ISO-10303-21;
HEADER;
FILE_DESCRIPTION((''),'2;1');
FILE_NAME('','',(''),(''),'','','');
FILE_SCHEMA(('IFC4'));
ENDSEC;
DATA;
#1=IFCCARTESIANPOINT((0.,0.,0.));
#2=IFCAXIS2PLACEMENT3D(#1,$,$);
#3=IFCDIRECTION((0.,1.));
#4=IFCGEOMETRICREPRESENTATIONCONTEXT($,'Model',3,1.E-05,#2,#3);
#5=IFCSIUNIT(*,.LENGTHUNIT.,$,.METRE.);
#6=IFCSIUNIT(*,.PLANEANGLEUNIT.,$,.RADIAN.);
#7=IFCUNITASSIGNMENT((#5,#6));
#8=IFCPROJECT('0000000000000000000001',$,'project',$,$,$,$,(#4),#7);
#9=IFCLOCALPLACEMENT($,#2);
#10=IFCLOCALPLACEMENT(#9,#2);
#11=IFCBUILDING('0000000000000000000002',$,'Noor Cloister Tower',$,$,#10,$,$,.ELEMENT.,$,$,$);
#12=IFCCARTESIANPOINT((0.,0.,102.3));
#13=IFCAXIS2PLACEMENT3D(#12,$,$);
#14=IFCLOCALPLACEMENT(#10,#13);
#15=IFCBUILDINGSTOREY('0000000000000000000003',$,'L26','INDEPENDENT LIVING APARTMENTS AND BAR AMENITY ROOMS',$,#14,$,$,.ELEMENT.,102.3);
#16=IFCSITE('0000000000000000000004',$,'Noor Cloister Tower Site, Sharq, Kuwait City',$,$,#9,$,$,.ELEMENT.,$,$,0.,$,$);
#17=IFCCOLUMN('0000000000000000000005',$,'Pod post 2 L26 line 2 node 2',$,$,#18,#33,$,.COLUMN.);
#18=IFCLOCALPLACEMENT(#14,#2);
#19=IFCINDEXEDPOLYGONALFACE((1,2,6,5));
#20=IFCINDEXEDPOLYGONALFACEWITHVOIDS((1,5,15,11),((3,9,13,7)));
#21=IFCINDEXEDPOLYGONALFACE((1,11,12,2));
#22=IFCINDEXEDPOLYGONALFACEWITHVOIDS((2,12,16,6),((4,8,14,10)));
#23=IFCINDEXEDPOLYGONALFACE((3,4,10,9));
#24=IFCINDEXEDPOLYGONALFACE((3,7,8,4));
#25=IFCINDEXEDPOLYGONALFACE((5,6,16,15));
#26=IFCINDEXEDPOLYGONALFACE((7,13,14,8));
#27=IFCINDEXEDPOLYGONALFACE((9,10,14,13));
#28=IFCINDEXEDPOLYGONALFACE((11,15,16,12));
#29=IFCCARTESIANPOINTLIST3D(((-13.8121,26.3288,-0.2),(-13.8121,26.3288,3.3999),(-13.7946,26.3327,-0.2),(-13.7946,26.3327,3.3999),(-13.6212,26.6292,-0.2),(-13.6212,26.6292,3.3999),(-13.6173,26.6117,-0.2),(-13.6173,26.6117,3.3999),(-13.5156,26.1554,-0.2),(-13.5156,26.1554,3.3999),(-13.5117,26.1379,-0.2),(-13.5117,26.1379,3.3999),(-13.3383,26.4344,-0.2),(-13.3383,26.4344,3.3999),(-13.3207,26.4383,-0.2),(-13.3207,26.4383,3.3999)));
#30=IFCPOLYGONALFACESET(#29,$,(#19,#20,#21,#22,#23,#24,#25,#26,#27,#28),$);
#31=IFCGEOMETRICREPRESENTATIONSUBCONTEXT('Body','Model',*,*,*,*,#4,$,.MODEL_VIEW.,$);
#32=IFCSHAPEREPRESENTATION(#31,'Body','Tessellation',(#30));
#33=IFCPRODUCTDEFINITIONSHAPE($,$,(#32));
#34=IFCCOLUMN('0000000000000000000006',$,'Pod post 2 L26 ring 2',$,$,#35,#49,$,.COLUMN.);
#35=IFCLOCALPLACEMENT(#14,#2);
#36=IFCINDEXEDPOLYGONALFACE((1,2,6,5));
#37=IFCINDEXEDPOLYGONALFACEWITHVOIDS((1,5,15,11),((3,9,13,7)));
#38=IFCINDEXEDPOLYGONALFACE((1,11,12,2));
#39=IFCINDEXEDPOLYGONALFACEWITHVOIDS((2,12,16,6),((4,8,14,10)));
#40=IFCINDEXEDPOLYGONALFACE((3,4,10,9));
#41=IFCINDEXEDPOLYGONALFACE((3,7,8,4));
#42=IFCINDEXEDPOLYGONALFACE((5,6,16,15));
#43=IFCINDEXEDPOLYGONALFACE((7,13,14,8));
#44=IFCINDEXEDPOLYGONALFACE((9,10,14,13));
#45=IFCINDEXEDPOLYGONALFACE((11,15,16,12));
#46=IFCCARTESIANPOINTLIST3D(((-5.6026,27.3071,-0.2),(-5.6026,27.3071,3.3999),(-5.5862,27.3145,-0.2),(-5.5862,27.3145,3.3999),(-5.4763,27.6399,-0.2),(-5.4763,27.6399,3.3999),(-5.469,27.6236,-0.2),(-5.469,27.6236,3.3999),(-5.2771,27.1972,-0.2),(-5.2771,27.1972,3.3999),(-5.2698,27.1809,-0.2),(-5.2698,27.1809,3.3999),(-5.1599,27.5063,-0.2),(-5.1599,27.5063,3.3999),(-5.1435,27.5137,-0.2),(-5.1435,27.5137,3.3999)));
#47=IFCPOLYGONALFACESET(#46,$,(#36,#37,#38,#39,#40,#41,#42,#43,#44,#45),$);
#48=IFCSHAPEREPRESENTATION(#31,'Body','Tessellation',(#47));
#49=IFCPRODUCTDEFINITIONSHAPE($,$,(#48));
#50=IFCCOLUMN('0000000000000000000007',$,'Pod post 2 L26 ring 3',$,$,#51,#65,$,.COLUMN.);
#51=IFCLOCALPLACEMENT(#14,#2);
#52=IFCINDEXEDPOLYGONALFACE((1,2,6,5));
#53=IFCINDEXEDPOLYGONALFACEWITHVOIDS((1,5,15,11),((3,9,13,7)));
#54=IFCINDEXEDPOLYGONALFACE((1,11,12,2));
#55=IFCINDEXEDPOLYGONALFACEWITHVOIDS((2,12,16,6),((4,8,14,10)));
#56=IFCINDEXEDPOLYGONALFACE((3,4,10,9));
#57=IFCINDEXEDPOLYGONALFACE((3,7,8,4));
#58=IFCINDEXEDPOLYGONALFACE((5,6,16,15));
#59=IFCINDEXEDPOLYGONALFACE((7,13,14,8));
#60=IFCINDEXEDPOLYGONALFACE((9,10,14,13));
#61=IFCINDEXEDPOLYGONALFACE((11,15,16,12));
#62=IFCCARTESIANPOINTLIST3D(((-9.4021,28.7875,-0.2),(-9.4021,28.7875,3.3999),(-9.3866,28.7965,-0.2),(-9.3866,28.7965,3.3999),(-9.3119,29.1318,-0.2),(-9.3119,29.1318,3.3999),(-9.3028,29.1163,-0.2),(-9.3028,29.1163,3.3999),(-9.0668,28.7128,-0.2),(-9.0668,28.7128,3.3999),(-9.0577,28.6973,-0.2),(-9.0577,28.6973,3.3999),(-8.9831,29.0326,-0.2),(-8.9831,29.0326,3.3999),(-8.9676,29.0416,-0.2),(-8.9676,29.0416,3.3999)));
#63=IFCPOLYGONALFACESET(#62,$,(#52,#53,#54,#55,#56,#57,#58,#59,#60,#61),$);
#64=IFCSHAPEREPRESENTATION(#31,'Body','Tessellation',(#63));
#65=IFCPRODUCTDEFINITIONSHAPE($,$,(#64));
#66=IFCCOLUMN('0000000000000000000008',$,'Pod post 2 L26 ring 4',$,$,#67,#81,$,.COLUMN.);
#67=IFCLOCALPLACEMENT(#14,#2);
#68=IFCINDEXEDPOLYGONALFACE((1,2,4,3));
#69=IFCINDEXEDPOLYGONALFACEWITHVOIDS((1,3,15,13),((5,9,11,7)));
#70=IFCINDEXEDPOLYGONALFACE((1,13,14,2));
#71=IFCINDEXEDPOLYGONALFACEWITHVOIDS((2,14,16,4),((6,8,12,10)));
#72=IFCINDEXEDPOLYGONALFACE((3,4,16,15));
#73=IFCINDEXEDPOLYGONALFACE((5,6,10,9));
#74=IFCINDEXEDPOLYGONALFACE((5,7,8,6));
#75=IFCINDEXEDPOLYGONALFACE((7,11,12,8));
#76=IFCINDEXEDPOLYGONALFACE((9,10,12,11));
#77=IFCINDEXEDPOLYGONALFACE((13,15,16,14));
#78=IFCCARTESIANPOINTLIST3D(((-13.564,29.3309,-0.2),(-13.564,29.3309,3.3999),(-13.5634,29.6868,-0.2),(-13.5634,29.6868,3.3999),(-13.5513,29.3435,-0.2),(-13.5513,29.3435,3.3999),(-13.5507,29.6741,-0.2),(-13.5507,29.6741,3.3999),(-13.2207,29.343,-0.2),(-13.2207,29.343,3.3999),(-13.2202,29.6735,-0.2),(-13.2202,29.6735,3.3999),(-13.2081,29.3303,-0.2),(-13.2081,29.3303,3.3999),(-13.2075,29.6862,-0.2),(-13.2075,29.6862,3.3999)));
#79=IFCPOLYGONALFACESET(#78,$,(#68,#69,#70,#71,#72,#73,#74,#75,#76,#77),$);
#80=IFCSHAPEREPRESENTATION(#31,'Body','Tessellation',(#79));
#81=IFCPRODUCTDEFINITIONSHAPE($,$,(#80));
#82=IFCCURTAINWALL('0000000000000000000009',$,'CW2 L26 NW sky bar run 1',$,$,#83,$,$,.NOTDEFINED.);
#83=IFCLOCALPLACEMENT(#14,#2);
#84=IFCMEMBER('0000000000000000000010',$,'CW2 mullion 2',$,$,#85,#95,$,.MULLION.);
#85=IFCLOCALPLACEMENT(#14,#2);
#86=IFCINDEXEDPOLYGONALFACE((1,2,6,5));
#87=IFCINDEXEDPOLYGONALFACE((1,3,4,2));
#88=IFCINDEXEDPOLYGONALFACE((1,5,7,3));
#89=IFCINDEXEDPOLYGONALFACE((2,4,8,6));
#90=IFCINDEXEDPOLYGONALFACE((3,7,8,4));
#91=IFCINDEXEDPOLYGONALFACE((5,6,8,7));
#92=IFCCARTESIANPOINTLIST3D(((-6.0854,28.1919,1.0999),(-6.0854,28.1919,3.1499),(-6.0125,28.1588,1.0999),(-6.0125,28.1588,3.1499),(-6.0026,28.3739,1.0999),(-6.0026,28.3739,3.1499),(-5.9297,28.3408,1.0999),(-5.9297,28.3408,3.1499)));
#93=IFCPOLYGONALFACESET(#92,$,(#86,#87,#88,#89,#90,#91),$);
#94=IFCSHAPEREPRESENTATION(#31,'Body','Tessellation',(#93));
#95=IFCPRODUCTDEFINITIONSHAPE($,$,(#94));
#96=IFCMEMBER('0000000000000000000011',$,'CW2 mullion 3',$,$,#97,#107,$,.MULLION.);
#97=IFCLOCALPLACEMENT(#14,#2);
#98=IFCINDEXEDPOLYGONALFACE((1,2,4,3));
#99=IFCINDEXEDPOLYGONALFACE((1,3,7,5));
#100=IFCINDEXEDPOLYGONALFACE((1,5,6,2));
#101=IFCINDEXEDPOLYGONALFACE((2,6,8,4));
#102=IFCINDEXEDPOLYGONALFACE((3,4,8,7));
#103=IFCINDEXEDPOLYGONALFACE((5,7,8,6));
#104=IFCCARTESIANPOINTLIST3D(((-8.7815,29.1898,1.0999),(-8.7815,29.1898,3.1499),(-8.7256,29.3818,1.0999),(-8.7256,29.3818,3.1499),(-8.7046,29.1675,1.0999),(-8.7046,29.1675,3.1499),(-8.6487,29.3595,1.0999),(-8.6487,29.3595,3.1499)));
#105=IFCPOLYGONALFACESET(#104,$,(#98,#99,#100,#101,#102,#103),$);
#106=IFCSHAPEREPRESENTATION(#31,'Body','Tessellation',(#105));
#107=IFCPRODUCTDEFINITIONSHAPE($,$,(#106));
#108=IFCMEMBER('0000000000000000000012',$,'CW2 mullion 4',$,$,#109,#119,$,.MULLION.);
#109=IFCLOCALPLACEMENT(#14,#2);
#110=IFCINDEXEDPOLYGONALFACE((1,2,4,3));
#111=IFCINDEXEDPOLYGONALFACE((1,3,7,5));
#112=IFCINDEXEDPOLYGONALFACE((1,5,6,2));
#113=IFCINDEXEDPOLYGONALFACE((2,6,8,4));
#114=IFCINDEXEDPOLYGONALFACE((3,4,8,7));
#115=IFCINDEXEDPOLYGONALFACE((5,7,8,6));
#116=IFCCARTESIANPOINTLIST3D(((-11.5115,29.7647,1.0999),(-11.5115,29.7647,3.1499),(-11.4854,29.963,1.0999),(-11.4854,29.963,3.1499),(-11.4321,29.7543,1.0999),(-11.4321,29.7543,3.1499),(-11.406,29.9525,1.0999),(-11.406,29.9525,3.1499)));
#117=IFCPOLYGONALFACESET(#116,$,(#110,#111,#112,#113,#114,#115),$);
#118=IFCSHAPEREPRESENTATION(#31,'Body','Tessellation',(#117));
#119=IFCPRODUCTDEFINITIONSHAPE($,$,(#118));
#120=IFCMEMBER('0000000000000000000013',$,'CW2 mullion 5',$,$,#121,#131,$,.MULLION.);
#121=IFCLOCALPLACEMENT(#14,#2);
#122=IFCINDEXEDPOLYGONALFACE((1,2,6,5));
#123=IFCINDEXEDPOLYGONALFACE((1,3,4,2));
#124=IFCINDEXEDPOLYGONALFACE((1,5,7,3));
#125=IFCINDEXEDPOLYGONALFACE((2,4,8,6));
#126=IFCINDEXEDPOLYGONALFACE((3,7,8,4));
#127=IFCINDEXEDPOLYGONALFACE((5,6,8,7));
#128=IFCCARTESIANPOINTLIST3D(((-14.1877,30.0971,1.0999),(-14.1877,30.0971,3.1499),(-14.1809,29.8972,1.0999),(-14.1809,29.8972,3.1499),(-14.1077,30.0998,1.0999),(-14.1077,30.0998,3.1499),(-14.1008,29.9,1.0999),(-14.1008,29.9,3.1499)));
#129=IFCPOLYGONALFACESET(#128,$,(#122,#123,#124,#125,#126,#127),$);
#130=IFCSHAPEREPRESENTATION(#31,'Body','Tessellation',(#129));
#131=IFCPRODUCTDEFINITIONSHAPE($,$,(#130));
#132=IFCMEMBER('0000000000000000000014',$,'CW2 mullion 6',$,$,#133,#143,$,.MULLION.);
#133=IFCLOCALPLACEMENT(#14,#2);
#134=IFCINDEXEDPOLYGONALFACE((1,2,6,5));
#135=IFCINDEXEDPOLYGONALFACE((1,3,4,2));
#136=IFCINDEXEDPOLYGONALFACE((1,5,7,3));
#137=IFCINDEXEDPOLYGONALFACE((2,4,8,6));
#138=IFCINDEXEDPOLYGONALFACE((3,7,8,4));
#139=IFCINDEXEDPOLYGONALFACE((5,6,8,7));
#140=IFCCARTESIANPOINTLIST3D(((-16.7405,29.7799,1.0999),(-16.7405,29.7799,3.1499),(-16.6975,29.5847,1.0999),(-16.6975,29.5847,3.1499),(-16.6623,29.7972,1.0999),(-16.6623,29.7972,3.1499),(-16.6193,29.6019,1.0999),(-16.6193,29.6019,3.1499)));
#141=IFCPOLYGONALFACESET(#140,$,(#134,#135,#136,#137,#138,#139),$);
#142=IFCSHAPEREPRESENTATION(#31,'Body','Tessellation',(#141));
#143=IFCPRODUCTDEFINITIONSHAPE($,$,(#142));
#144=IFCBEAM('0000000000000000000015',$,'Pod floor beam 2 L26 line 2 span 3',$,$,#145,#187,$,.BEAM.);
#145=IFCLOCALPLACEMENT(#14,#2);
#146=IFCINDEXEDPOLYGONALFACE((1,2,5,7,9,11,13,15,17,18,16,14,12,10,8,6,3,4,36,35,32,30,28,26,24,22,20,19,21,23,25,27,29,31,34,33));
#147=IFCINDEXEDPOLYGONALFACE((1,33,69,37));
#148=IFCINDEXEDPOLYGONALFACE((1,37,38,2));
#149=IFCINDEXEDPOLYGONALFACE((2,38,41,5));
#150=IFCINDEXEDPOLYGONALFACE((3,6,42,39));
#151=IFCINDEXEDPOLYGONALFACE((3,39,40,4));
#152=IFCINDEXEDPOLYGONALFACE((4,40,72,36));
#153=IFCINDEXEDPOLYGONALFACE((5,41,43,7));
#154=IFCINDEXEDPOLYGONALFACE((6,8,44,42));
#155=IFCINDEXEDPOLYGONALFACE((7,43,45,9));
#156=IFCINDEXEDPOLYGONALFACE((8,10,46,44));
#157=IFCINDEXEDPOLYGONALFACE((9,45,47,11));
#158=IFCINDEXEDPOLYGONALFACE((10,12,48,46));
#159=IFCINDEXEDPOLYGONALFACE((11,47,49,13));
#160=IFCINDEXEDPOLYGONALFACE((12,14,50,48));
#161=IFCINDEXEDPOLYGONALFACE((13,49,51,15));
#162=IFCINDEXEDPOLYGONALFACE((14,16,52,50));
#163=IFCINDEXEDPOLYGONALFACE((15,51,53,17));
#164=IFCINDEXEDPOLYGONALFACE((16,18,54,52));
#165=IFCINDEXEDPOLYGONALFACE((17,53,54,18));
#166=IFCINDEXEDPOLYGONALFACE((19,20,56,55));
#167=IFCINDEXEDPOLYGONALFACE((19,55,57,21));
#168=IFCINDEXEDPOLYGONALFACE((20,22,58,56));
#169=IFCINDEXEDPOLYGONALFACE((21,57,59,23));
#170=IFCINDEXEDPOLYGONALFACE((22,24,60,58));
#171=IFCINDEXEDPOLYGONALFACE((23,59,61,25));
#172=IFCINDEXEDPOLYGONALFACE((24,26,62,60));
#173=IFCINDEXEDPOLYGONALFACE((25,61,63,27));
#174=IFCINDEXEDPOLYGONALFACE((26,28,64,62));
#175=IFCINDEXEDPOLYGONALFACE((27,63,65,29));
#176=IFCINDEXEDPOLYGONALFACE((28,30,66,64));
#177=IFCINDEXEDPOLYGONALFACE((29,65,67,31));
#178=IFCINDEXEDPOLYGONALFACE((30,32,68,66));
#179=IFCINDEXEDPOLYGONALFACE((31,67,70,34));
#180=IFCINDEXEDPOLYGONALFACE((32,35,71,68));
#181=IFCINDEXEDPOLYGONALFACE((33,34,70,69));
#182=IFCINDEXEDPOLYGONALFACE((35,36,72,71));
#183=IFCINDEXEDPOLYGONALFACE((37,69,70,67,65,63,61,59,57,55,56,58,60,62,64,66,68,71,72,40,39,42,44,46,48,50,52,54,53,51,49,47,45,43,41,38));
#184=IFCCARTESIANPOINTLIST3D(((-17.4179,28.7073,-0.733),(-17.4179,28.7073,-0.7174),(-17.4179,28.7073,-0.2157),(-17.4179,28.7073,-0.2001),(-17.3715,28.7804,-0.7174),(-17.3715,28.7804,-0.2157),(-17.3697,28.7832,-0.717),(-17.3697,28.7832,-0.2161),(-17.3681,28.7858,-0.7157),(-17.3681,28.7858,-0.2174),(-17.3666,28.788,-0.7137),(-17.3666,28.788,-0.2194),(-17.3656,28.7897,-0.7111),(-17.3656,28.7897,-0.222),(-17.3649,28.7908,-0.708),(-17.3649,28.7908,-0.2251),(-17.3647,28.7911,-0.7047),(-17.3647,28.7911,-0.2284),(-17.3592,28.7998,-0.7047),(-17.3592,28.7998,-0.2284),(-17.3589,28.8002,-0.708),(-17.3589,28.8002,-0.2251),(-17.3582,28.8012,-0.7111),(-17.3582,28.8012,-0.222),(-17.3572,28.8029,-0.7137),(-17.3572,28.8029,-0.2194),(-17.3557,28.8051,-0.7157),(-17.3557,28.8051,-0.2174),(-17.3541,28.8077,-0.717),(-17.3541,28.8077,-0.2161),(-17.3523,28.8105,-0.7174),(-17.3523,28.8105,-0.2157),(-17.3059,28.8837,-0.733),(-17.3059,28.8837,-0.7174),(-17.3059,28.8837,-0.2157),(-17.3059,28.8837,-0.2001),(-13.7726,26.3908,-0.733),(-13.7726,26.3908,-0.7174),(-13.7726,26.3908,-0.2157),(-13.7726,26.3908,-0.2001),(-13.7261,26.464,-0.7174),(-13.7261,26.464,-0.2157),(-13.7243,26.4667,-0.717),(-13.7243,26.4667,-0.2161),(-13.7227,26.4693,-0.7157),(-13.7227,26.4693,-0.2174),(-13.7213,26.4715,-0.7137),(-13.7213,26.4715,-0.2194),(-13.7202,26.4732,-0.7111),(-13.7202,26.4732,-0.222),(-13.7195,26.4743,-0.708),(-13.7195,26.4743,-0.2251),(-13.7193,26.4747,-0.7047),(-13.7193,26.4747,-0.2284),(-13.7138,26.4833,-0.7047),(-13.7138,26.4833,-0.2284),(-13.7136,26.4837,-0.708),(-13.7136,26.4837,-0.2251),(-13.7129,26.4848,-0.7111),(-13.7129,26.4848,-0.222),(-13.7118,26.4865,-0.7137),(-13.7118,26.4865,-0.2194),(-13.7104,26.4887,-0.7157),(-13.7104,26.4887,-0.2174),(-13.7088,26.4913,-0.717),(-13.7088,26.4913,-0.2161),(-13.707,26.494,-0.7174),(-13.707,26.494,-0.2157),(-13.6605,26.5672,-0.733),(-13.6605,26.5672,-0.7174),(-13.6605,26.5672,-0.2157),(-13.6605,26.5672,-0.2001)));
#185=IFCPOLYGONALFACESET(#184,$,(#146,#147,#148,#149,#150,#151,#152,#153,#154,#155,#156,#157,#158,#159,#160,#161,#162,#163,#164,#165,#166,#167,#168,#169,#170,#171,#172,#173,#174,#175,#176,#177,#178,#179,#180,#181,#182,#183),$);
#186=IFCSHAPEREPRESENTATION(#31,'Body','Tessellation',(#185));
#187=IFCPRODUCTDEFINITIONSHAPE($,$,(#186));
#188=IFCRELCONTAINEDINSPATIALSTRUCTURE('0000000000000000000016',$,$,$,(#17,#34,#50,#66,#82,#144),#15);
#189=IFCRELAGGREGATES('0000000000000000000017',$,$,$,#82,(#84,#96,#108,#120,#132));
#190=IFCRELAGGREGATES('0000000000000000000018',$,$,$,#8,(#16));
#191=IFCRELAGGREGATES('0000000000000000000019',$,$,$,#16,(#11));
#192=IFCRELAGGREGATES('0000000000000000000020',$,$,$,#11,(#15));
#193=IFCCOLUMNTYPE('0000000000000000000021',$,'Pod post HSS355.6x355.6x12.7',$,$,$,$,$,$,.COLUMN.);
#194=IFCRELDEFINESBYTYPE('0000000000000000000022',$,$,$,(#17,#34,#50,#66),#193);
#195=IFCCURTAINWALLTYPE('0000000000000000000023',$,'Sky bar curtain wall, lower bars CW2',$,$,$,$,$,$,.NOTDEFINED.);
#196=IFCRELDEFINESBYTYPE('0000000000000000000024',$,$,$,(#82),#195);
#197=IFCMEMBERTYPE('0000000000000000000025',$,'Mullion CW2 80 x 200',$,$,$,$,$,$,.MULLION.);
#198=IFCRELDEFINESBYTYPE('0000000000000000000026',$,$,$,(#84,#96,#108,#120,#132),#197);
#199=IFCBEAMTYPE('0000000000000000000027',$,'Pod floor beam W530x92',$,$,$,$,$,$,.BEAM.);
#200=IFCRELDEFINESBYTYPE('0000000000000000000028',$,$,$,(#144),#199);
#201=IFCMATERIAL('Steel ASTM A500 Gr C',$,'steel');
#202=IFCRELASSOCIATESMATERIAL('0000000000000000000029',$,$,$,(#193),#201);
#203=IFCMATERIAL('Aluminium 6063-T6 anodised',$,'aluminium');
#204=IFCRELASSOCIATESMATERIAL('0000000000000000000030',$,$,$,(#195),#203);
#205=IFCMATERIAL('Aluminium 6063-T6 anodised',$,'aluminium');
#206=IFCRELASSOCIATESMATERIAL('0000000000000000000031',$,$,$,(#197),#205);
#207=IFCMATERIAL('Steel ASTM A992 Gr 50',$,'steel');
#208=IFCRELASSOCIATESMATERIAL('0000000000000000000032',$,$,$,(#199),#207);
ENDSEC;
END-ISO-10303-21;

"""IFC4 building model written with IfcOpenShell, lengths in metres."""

from ifc_helpers import new_model, si_unit, direction, frame, origin, origin_2d, place, context, subcontext, project, spatial, rectangle, hollow_rectangle, i_section, extrude, material, material_profile, profile_set, type_object, element, aggregate, save


model = new_model("IFC4")

# Units and contexts
model_context = context("Model", 3, precision=1e-05, world=origin(), true_north=direction((0.0, 1.0)))
body_context = subcontext(model_context, "Body", "Model", "MODEL_VIEW")
ifc_project = project(units=[si_unit("LENGTHUNIT", "METRE"), si_unit("PLANEANGLEUNIT", "RADIAN")], contexts=[model_context])

# Site, building, storey
site_placement = place(None, origin())
site = spatial("IfcSite", under=ifc_project, at=site_placement, Name="Noor Cloister Tower Site, Sharq, Kuwait City", CompositionType="ELEMENT", RefElevation=0.0)
building_placement = place(site_placement, origin())
building = spatial("IfcBuilding", under=site, at=building_placement, Name="Noor Cloister Tower", CompositionType="ELEMENT")
storey_placement = place(building_placement, frame((0.0, 0.0, 102.3)))
storey = spatial("IfcBuildingStorey", under=building, at=storey_placement, Name="L26", Description="INDEPENDENT LIVING APARTMENTS AND BAR AMENITY ROOMS", CompositionType="ELEMENT", Elevation=102.3)

# Columns
ifc_material_1 = material(Name="Steel ASTM A500 Gr C", Category="steel")
ifc_material_profile_1 = material_profile(ifc_material_1, hollow_rectangle(XDim=0.356, YDim=0.356, WallThickness=0.0127, at=origin_2d()), Name="HSS355.6x355.6x12.7")
ifc_profile_set_1 = profile_set([ifc_material_profile_1], Name="Steel ASTM A500 Gr C")
column_type = type_object("IfcColumnType", Name="Pod post HSS355.6x355.6x12.7", PredefinedType="COLUMN", material=ifc_profile_set_1)
for number, where, z_axis, x_axis, name in (
    (1, (-13.5664, 26.3835, -0.2), (0.0, 0.0, 1.0), (-0.843996, 0.53635, 0.0), "Pod post 2 L26 line 2 node 2"),
    (2, (-5.373, 27.4104, -0.2), (0.0, 0.0, 1.0), (-0.934997, 0.354654, 0.0), "Pod post 2 L26 ring 2"),
    (3, (-9.1848, 28.9146, -0.2), (0.0, 0.0, 1.0), (-0.967384, 0.253314, 0.0), "Pod post 2 L26 ring 3"),
    (4, (-13.3857, 29.5085, -0.2), (0.0, 0.0, 1.0), (-0.999998, 0.001737, 0.0), "Pod post 2 L26 ring 4"),
):
    element("IfcColumn", number, at=place(storey_placement, frame(where, z_axis=z_axis, x_axis=x_axis)), inside=storey, type_object=column_type, Name=name, PredefinedType="COLUMN", context=body_context, shape_type="SweptSolid", body=[
        extrude(hollow_rectangle(XDim=0.356, YDim=0.356, WallThickness=0.0127, at=origin_2d()), origin(), (0.0, 0.0, 1.0), 3.5999),
    ])

# Curtain wall, members
ifc_material_2 = material(Name="Aluminium 6063-T6 anodised", Category="aluminium")
curtain_wall_type = type_object("IfcCurtainWallType", Name="Sky bar curtain wall, lower bars CW2", PredefinedType="NOTDEFINED", material=ifc_material_2)
curtain_wall_placement = place(storey_placement, origin())
curtain_wall = element("IfcCurtainWall", 5, at=curtain_wall_placement, inside=storey, type_object=curtain_wall_type, Name="CW2 L26 NW sky bar run 1", PredefinedType="NOTDEFINED")
ifc_material_3 = material(Name="Aluminium 6063-T6 anodised", Category="aluminium")
ifc_material_profile_2 = material_profile(ifc_material_3, rectangle(XDim=0.2, YDim=0.0801, at=origin_2d()), Name="200 x 80 mullion")
ifc_profile_set_2 = profile_set([ifc_material_profile_2], Name="Aluminium 6063-T6 anodised")
member_type = type_object("IfcMemberType", Name="Mullion CW2 80 x 200", PredefinedType="MULLION", material=ifc_profile_set_2)
member_1_placement = place(storey_placement, frame((-6.0076, 28.2664, 1.0999), z_axis=(0.0, 0.0, 1.0), x_axis=(-0.413885, -0.910329, 0.0)))
member_1 = element("IfcMember", 6, at=member_1_placement, type_object=member_type, Name="CW2 mullion 2", PredefinedType="MULLION", context=body_context, shape_type="SweptSolid", body=[
    extrude(rectangle(XDim=0.2, YDim=0.0801, at=origin_2d()), origin(), (0.0, 0.0, 1.0), 2.05),
])
member_2_placement = place(storey_placement, frame((-8.7151, 29.2747, 1.0999), z_axis=(0.0, 0.0, 1.0), x_axis=(-0.279338, -0.960193, 0.0)))
member_2 = element("IfcMember", 7, at=member_2_placement, type_object=member_type, Name="CW2 mullion 3", PredefinedType="MULLION", context=body_context, shape_type="SweptSolid", body=[
    extrude(rectangle(XDim=0.2, YDim=0.0801, at=origin_2d()), origin(), (0.0, 0.0, 1.0), 2.05),
])
member_3_placement = place(storey_placement, frame((-11.4587, 29.8586, 1.0999), z_axis=(0.0, 0.0, 1.0), x_axis=(-0.130537, -0.991443, 0.0)))
member_3 = element("IfcMember", 8, at=member_3_placement, type_object=member_type, Name="CW2 mullion 4", PredefinedType="MULLION", context=body_context, shape_type="SweptSolid", body=[
    extrude(rectangle(XDim=0.2, YDim=0.0801, at=origin_2d()), origin(), (0.0, 0.0, 1.0), 2.05),
])
member_4_placement = place(storey_placement, frame((-14.1443, 29.9985, 1.0999), z_axis=(0.0, 0.0, 1.0), x_axis=(0.034339, -0.99941, 0.0)))
member_4 = element("IfcMember", 9, at=member_4_placement, type_object=member_type, Name="CW2 mullion 5", PredefinedType="MULLION", context=body_context, shape_type="SweptSolid", body=[
    extrude(rectangle(XDim=0.2, YDim=0.0801, at=origin_2d()), origin(), (0.0, 0.0, 1.0), 2.05),
])
member_5_placement = place(storey_placement, frame((-16.6799, 29.6909, 1.0999), z_axis=(0.0, 0.0, 1.0), x_axis=(0.215218, -0.976566, 0.0)))
member_5 = element("IfcMember", 10, at=member_5_placement, type_object=member_type, Name="CW2 mullion 6", PredefinedType="MULLION", context=body_context, shape_type="SweptSolid", body=[
    extrude(rectangle(XDim=0.2, YDim=0.0801, at=origin_2d()), origin(), (0.0, 0.0, 1.0), 2.05),
])

# Beam
ifc_material_4 = material(Name="Steel ASTM A992 Gr 50", Category="steel")
ifc_material_profile_3 = material_profile(ifc_material_4, i_section(OverallWidth=0.209, OverallDepth=0.533, WebThickness=0.0103, FlangeThickness=0.0156, FilletRadius=0.0127, at=origin_2d()), Name="W530x92")
ifc_profile_set_3 = profile_set([ifc_material_profile_3], Name="Steel ASTM A992 Gr 50")
beam_type = type_object("IfcBeamType", Name="Pod floor beam W530x92", PredefinedType="BEAM", material=ifc_profile_set_3)
beam_1_placement = place(storey_placement, frame((-13.7166, 26.479, -0.4666), z_axis=(-0.844008, 0.53633, 0.0), x_axis=(-0.53633, -0.844008, 0.0)))
element("IfcBeam", 11, at=beam_1_placement, inside=storey, type_object=beam_type, Name="Pod floor beam 2 L26 line 2 span 3", PredefinedType="BEAM", context=body_context, shape_type="SweptSolid", body=[
    extrude(i_section(OverallWidth=0.209, OverallDepth=0.533, WebThickness=0.0103, FlangeThickness=0.0156, FilletRadius=0.0127, at=origin_2d()), origin(), (0.0, 0.0, 1.0), 4.3191),
])

aggregate(curtain_wall, [member_1, member_2, member_3, member_4, member_5])

save(model, "model.ifc")
